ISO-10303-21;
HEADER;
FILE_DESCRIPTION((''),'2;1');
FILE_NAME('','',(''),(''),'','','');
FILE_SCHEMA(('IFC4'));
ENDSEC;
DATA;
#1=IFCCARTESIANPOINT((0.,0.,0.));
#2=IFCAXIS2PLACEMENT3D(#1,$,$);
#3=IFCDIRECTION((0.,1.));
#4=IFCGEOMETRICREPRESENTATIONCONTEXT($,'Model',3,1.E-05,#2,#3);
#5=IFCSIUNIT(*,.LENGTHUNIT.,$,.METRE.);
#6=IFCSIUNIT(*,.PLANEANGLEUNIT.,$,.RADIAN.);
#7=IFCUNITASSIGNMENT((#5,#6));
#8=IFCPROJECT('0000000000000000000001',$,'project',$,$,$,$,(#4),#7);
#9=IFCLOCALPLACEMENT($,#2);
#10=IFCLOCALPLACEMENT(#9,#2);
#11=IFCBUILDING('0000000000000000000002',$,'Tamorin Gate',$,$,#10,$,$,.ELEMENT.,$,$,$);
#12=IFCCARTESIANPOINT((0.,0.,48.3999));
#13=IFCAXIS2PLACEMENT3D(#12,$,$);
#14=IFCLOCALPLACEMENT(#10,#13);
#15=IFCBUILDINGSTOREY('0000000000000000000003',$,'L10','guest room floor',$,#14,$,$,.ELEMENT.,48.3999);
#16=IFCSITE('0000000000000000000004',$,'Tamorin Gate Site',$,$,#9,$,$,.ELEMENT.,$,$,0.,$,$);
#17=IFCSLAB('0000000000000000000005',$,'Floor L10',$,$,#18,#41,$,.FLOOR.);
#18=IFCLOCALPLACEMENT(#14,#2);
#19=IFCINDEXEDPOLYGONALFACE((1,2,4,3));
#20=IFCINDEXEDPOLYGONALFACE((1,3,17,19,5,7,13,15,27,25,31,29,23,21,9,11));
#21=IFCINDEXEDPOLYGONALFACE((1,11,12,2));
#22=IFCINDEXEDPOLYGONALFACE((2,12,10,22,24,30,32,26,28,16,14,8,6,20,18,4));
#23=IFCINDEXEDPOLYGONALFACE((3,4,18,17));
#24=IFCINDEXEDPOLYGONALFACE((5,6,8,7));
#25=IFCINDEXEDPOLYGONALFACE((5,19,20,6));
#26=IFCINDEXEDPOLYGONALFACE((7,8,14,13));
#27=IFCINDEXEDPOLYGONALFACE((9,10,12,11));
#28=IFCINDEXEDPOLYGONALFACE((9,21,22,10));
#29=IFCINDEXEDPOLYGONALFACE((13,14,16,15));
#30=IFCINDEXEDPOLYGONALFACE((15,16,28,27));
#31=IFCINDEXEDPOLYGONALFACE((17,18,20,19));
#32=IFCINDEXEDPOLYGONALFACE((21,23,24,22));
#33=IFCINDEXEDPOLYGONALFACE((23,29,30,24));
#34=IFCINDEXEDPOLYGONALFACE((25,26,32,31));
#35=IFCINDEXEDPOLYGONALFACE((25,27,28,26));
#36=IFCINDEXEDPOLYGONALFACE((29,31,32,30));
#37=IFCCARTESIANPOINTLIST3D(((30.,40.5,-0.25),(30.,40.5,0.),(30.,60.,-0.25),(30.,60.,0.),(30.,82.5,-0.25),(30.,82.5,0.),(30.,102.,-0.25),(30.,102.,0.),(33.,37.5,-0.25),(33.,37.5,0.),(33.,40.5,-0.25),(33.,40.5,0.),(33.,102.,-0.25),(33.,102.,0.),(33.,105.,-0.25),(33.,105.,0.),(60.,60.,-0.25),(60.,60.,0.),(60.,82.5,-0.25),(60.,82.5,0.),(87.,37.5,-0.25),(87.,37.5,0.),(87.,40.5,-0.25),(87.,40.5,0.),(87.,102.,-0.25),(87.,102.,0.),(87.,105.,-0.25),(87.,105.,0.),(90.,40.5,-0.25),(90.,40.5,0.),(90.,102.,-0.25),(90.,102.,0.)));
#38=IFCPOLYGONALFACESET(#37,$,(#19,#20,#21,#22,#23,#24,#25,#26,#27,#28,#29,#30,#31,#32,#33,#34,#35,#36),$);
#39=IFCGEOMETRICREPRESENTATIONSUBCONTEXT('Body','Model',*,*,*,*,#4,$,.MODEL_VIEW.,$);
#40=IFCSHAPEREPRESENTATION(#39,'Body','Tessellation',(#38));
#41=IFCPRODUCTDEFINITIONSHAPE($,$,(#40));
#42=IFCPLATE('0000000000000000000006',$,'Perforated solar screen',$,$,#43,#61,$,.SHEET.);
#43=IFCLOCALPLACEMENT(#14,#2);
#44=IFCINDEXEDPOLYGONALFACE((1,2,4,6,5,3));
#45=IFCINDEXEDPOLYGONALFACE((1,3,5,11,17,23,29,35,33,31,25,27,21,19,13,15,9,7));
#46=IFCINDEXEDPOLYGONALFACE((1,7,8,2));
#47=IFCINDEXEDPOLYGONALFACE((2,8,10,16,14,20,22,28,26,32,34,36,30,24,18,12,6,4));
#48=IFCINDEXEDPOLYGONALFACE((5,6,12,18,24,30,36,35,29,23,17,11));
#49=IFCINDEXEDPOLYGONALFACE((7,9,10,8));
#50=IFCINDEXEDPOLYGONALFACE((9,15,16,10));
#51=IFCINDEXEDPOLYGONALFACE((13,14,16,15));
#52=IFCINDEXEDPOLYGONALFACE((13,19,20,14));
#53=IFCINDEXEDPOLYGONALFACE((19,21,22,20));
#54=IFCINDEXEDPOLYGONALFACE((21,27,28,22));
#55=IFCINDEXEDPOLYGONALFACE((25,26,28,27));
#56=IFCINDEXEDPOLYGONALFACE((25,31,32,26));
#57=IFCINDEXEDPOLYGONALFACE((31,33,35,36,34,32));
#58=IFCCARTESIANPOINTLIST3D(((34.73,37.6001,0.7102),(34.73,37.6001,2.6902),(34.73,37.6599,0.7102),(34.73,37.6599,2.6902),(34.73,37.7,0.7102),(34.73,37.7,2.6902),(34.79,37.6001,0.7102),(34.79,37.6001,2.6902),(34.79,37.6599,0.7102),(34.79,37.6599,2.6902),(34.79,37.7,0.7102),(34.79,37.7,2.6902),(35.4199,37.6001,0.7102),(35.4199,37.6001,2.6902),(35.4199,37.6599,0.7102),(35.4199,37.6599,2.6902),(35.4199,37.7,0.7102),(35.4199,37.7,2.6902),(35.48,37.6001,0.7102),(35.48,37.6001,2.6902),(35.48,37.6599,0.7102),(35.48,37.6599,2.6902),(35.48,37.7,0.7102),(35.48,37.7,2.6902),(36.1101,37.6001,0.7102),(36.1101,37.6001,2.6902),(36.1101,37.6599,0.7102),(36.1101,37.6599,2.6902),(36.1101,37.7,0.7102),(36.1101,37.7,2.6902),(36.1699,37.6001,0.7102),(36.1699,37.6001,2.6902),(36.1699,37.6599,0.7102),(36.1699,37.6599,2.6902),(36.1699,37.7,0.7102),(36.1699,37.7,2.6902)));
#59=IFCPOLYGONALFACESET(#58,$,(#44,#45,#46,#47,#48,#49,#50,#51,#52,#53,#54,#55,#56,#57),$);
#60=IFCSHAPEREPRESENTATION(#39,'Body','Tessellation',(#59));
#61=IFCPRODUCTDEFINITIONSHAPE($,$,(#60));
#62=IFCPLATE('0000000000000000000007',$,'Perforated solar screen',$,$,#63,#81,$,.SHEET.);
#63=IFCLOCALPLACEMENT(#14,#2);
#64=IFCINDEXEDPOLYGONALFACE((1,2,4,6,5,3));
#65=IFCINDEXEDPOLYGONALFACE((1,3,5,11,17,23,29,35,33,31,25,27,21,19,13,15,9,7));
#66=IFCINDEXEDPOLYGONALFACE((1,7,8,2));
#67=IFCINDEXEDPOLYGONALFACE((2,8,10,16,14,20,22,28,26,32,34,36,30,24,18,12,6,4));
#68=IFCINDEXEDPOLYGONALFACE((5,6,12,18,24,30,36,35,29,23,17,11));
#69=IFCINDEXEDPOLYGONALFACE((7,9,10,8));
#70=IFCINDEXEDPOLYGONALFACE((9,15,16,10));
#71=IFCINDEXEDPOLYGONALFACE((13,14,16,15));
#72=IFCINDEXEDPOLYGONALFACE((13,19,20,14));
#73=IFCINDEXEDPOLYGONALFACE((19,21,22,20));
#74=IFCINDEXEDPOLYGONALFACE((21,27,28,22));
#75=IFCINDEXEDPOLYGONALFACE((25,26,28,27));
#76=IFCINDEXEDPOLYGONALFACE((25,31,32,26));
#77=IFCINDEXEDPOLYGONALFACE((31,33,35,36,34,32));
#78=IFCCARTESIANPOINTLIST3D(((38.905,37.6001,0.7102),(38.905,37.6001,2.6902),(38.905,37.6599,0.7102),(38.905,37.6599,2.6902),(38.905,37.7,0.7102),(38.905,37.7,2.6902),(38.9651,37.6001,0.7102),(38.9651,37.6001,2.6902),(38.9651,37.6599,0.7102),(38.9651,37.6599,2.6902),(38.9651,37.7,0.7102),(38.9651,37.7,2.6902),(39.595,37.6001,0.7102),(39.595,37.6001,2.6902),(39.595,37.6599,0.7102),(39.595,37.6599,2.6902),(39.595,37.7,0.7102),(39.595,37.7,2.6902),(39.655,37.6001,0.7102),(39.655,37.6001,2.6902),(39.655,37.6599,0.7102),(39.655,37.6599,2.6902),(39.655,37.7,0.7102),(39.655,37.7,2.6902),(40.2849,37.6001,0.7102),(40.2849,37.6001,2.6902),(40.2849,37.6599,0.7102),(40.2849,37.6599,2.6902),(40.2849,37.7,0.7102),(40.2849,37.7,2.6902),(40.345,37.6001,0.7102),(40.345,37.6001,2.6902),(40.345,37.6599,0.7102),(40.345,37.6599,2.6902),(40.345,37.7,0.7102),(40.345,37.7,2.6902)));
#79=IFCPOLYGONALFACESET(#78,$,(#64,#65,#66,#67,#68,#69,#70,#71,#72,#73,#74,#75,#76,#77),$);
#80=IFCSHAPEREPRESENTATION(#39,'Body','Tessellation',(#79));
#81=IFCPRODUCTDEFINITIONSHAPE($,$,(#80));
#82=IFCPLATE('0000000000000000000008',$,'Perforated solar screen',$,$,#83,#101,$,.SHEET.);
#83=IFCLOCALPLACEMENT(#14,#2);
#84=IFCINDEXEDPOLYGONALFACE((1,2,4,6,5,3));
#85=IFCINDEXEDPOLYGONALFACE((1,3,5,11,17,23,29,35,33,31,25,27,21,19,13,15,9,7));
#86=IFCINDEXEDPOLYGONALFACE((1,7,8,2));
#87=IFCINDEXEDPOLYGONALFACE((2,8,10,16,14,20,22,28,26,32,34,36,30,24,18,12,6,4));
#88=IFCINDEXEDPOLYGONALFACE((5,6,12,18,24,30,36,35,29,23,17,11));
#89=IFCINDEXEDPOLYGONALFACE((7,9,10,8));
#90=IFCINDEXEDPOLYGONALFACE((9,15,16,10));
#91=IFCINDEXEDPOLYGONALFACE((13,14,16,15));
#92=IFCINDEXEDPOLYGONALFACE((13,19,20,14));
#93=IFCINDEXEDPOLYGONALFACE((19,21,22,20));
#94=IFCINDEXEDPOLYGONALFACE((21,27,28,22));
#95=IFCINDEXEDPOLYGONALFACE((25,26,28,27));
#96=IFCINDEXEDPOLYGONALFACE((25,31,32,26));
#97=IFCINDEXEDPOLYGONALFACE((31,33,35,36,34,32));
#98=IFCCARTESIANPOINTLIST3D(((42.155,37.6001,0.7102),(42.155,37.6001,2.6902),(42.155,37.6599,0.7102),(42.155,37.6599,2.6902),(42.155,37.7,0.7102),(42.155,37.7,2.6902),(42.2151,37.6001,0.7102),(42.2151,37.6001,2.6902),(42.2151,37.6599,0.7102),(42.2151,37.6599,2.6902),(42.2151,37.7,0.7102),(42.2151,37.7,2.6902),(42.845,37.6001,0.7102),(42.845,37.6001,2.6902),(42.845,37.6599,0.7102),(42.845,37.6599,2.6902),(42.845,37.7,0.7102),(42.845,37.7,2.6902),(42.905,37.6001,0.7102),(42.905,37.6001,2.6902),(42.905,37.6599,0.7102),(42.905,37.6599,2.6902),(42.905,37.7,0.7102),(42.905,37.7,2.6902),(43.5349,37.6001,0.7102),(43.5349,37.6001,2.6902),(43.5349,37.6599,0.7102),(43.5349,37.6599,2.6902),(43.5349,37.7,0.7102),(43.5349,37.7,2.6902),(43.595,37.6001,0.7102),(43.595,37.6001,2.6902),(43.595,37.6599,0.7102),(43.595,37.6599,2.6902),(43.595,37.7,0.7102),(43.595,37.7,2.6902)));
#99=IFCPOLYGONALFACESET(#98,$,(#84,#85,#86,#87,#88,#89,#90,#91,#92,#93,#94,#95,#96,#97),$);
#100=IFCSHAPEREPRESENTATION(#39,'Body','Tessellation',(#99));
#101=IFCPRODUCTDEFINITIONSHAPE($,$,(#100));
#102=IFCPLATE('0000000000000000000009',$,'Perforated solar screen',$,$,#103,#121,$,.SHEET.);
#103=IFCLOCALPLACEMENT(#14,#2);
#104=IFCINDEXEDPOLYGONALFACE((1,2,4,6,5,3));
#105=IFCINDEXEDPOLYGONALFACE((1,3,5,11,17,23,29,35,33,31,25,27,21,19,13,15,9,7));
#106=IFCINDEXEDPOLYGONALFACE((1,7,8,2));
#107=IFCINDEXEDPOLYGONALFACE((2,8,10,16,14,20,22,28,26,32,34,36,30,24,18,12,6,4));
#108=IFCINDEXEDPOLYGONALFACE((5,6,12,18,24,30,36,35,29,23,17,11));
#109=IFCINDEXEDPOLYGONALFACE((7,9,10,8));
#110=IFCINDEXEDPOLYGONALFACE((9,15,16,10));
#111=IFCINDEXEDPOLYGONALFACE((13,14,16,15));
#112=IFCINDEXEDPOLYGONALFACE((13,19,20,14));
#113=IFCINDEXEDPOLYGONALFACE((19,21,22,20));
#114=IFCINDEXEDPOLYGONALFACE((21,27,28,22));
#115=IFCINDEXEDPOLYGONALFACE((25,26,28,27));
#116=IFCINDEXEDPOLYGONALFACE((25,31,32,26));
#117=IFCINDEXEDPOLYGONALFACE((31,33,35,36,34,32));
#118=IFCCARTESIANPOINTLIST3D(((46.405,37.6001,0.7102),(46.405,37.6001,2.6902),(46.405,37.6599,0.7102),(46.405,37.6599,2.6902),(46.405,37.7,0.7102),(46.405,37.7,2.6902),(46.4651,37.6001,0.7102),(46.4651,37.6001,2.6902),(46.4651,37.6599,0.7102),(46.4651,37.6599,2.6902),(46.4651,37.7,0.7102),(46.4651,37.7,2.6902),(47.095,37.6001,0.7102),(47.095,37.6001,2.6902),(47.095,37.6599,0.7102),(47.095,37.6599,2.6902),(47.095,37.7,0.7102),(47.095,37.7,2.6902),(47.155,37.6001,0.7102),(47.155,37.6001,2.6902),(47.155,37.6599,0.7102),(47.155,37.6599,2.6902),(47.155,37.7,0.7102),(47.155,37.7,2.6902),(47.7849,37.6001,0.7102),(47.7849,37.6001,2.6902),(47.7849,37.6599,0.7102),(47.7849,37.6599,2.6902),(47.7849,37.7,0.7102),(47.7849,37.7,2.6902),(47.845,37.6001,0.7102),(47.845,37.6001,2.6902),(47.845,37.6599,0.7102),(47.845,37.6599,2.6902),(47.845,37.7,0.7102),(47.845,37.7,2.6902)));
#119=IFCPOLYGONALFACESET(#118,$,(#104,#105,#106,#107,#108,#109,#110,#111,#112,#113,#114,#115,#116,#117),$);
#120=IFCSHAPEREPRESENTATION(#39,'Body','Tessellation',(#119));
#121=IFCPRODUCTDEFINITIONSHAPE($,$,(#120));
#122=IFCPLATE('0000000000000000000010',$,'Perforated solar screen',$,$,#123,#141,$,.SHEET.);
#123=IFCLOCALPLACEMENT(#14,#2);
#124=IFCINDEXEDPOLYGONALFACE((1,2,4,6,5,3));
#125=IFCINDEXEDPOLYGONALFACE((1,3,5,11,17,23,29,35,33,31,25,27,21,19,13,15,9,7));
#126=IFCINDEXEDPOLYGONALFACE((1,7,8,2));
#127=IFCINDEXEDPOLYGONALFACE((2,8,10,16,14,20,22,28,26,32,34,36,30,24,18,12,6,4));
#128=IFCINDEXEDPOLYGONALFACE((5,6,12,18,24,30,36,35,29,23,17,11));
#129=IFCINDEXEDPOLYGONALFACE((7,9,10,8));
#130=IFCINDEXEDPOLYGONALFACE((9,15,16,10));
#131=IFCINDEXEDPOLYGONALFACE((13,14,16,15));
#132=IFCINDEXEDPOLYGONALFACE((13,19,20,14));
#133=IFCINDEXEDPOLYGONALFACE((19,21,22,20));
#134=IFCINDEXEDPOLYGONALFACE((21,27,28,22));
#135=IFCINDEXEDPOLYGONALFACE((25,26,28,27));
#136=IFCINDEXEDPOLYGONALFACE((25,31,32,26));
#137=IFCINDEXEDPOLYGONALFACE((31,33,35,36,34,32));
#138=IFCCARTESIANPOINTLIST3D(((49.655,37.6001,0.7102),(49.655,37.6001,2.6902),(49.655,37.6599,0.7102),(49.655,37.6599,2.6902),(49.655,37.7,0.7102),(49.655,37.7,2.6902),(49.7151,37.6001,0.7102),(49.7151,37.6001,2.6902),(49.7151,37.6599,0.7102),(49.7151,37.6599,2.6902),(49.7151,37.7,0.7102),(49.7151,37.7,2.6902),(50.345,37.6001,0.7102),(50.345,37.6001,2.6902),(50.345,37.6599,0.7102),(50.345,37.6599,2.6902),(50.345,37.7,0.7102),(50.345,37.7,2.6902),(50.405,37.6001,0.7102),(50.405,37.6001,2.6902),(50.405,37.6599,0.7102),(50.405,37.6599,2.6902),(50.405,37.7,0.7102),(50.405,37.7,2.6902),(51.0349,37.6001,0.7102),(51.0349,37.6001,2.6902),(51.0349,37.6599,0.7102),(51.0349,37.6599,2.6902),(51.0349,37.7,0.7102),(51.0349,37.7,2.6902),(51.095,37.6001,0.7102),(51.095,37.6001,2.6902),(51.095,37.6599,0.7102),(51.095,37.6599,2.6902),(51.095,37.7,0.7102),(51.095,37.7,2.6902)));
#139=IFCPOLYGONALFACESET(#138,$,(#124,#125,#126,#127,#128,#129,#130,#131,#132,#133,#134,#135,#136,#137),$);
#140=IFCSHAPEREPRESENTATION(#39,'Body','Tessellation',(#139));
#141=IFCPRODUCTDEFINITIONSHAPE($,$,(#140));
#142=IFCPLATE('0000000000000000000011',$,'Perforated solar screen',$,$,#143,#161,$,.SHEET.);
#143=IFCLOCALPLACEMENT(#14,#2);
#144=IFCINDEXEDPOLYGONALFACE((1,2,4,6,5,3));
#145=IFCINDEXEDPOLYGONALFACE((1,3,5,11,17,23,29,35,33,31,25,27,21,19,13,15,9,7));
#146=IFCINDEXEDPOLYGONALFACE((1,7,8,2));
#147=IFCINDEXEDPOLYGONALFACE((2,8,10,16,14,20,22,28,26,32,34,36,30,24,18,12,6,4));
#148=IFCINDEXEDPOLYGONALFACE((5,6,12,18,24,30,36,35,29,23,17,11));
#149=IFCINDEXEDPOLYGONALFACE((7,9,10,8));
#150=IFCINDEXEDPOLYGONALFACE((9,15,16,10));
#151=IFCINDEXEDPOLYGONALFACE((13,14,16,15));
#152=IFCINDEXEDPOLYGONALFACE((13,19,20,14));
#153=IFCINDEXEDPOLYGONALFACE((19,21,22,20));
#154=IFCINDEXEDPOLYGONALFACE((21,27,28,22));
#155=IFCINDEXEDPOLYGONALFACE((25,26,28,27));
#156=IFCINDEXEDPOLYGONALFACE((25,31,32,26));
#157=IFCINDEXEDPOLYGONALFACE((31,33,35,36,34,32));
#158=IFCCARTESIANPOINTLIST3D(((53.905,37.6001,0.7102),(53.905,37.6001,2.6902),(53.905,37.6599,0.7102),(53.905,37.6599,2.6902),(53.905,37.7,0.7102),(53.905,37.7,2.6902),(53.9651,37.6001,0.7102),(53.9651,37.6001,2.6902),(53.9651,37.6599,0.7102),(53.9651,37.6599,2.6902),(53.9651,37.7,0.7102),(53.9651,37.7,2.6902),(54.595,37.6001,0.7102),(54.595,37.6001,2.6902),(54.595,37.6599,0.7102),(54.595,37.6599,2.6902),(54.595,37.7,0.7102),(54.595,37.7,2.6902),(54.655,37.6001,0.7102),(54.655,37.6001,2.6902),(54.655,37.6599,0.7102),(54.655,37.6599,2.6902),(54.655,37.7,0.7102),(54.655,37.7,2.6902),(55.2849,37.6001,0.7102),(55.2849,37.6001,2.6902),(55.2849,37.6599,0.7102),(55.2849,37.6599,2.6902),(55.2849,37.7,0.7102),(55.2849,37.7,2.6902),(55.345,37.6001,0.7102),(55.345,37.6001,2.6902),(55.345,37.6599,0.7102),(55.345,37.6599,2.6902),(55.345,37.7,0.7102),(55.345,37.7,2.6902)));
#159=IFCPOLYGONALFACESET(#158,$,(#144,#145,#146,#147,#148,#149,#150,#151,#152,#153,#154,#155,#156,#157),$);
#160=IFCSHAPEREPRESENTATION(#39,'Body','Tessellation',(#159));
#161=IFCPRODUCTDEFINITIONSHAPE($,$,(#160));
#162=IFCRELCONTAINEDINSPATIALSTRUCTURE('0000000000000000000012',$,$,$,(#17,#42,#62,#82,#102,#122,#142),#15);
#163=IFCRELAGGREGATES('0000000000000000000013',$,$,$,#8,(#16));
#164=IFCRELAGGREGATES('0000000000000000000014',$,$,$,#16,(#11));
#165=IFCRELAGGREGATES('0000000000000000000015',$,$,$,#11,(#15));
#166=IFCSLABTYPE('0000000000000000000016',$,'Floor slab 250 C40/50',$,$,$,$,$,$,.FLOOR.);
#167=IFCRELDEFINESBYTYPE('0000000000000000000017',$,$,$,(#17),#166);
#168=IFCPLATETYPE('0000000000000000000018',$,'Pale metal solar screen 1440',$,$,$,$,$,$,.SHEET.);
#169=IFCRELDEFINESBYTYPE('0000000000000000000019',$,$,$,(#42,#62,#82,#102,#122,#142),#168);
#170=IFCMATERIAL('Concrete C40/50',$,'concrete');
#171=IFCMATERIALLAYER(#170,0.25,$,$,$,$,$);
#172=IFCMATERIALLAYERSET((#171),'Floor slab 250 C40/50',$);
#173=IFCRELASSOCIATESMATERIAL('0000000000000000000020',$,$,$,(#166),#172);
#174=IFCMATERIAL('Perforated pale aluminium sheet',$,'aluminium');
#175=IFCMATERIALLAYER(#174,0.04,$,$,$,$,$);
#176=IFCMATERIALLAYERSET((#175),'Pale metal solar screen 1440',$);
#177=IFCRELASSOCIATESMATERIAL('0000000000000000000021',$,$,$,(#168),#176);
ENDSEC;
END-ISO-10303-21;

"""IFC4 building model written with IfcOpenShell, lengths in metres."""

from ifc_helpers import new_model, si_unit, direction, frame, origin, place, context, subcontext, project, spatial, polyline, outline, extrude, material, layer, layer_set, type_object, element, save


model = new_model("IFC4")

# Units and contexts
model_context = context("Model", 3, precision=1e-05, world=origin(), true_north=direction((0.0, 1.0)))
body_context = subcontext(model_context, "Body", "Model", "MODEL_VIEW")
ifc_project = project(units=[si_unit("LENGTHUNIT", "METRE"), si_unit("PLANEANGLEUNIT", "RADIAN")], contexts=[model_context])

# Site, building, storey
site_placement = place(None, origin())
site = spatial("IfcSite", under=ifc_project, at=site_placement, Name="Tamorin Gate Site", CompositionType="ELEMENT", RefElevation=0.0)
building_placement = place(site_placement, origin())
building = spatial("IfcBuilding", under=site, at=building_placement, Name="Tamorin Gate", CompositionType="ELEMENT")
storey_placement = place(building_placement, frame((0.0, 0.0, 48.3999)))
storey = spatial("IfcBuildingStorey", under=building, at=storey_placement, Name="L10", Description="guest room floor", CompositionType="ELEMENT", Elevation=48.3999)

# Slab
ifc_material_1 = material(Name="Concrete C40/50", Category="concrete")
ifc_layer_1 = layer(ifc_material_1, 0.25)
ifc_layer_set_1 = layer_set([ifc_layer_1], Name="Floor slab 250 C40/50")
slab_type = type_object("IfcSlabType", Name="Floor slab 250 C40/50", PredefinedType="FLOOR", material=ifc_layer_set_1)
slab_placement = place(storey_placement, frame((0.0, 0.0, -0.25)))
element("IfcSlab", 1, at=slab_placement, inside=storey, type_object=slab_type, Name="Floor L10", PredefinedType="FLOOR", context=body_context, shape_type="SweptSolid", body=[
    extrude(outline(polyline([(30.0, 102.0), (33.0, 102.0), (33.0, 105.0), (87.0, 105.0), (87.0, 102.0), (90.0, 102.0), (90.0, 40.5), (87.0, 40.5), (87.0, 37.5), (33.0, 37.5), (33.0, 40.5), (30.0, 40.5), (30.0, 60.0), (60.0, 60.0), (60.0, 82.5), (30.0, 82.5), (30.0, 102.0)])), origin(), (0.0, 0.0, 1.0), 0.25),
])

# Plates
ifc_material_2 = material(Name="Perforated pale aluminium sheet", Category="aluminium")
ifc_layer_2 = layer(ifc_material_2, 0.04)
ifc_layer_set_2 = layer_set([ifc_layer_2], Name="Pale metal solar screen 1440")
plate_type = type_object("IfcPlateType", Name="Pale metal solar screen 1440", PredefinedType="SHEET", material=ifc_layer_set_2)
plate_1_placement = place(storey_placement, frame((0.0, 0.0, 0.7102)))
element("IfcPlate", 2, at=plate_1_placement, inside=storey, type_object=plate_type, Name="Perforated solar screen", PredefinedType="SHEET", context=body_context, shape_type="SweptSolid", body=[
    extrude(outline(polyline([(34.73, 37.6599), (34.73, 37.7), (34.79, 37.7), (35.4199, 37.7), (35.48, 37.7), (36.1101, 37.7), (36.1699, 37.7), (36.1699, 37.6599), (36.1699, 37.6001), (36.1101, 37.6001), (36.1101, 37.6599), (35.48, 37.6599), (35.48, 37.6001), (35.4199, 37.6001), (35.4199, 37.6599), (34.79, 37.6599), (34.79, 37.6001), (34.73, 37.6001), (34.73, 37.6599)])), origin(), (0.0, 0.0, 1.0), 1.98),
])
plate_2_placement = place(storey_placement, frame((0.0, 0.0, 0.7102)))
element("IfcPlate", 3, at=plate_2_placement, inside=storey, type_object=plate_type, Name="Perforated solar screen", PredefinedType="SHEET", context=body_context, shape_type="SweptSolid", body=[
    extrude(outline(polyline([(38.905, 37.6599), (38.905, 37.7), (38.9651, 37.7), (39.595, 37.7), (39.655, 37.7), (40.2849, 37.7), (40.345, 37.7), (40.345, 37.7), (40.345, 37.6599), (40.345, 37.6599), (40.345, 37.6001), (40.2849, 37.6001), (40.2849, 37.6599), (39.655, 37.6599), (39.655, 37.6001), (39.595, 37.6001), (39.595, 37.6599), (38.9651, 37.6599), (38.9651, 37.6001), (38.905, 37.6001), (38.905, 37.6599)])), origin(), (0.0, 0.0, 1.0), 1.98),
])
plate_3_placement = place(storey_placement, frame((0.0, 0.0, 0.7102)))
element("IfcPlate", 4, at=plate_3_placement, inside=storey, type_object=plate_type, Name="Perforated solar screen", PredefinedType="SHEET", context=body_context, shape_type="SweptSolid", body=[
    extrude(outline(polyline([(42.155, 37.6599), (42.155, 37.7), (42.2151, 37.7), (42.845, 37.7), (42.905, 37.7), (43.5349, 37.7), (43.595, 37.7), (43.595, 37.6599), (43.595, 37.6001), (43.5349, 37.6001), (43.5349, 37.6599), (42.905, 37.6599), (42.905, 37.6001), (42.845, 37.6001), (42.845, 37.6599), (42.2151, 37.6599), (42.2151, 37.6001), (42.155, 37.6001), (42.155, 37.6599)])), origin(), (0.0, 0.0, 1.0), 1.98),
])
plate_4_placement = place(storey_placement, frame((0.0, 0.0, 0.7102)))
element("IfcPlate", 5, at=plate_4_placement, inside=storey, type_object=plate_type, Name="Perforated solar screen", PredefinedType="SHEET", context=body_context, shape_type="SweptSolid", body=[
    extrude(outline(polyline([(46.405, 37.6599), (46.405, 37.7), (46.4651, 37.7), (47.095, 37.7), (47.155, 37.7), (47.7849, 37.7), (47.845, 37.7), (47.845, 37.6599), (47.845, 37.6001), (47.7849, 37.6001), (47.7849, 37.6599), (47.155, 37.6599), (47.155, 37.6001), (47.095, 37.6001), (47.095, 37.6599), (46.4651, 37.6599), (46.4651, 37.6001), (46.405, 37.6001), (46.405, 37.6599)])), origin(), (0.0, 0.0, 1.0), 1.98),
])
plate_5_placement = place(storey_placement, frame((0.0, 0.0, 0.7102)))
element("IfcPlate", 6, at=plate_5_placement, inside=storey, type_object=plate_type, Name="Perforated solar screen", PredefinedType="SHEET", context=body_context, shape_type="SweptSolid", body=[
    extrude(outline(polyline([(49.655, 37.6599), (49.655, 37.7), (49.7151, 37.7), (50.345, 37.7), (50.405, 37.7), (51.0349, 37.7), (51.095, 37.7), (51.095, 37.6599), (51.095, 37.6001), (51.0349, 37.6001), (51.0349, 37.6599), (50.405, 37.6599), (50.405, 37.6001), (50.345, 37.6001), (50.345, 37.6599), (49.7151, 37.6599), (49.7151, 37.6001), (49.655, 37.6001), (49.655, 37.6599)])), origin(), (0.0, 0.0, 1.0), 1.98),
])
plate_6_placement = place(storey_placement, frame((0.0, 0.0, 0.7102)))
element("IfcPlate", 7, at=plate_6_placement, inside=storey, type_object=plate_type, Name="Perforated solar screen", PredefinedType="SHEET", context=body_context, shape_type="SweptSolid", body=[
    extrude(outline(polyline([(53.905, 37.6599), (53.905, 37.7), (53.9651, 37.7), (54.595, 37.7), (54.655, 37.7), (55.2849, 37.7), (55.345, 37.7), (55.345, 37.6599), (55.345, 37.6001), (55.2849, 37.6001), (55.2849, 37.6599), (54.655, 37.6599), (54.655, 37.6001), (54.595, 37.6001), (54.595, 37.6599), (53.9651, 37.6599), (53.9651, 37.6001), (53.905, 37.6001), (53.905, 37.6599)])), origin(), (0.0, 0.0, 1.0), 1.98),
])

save(model, "model.ifc")
